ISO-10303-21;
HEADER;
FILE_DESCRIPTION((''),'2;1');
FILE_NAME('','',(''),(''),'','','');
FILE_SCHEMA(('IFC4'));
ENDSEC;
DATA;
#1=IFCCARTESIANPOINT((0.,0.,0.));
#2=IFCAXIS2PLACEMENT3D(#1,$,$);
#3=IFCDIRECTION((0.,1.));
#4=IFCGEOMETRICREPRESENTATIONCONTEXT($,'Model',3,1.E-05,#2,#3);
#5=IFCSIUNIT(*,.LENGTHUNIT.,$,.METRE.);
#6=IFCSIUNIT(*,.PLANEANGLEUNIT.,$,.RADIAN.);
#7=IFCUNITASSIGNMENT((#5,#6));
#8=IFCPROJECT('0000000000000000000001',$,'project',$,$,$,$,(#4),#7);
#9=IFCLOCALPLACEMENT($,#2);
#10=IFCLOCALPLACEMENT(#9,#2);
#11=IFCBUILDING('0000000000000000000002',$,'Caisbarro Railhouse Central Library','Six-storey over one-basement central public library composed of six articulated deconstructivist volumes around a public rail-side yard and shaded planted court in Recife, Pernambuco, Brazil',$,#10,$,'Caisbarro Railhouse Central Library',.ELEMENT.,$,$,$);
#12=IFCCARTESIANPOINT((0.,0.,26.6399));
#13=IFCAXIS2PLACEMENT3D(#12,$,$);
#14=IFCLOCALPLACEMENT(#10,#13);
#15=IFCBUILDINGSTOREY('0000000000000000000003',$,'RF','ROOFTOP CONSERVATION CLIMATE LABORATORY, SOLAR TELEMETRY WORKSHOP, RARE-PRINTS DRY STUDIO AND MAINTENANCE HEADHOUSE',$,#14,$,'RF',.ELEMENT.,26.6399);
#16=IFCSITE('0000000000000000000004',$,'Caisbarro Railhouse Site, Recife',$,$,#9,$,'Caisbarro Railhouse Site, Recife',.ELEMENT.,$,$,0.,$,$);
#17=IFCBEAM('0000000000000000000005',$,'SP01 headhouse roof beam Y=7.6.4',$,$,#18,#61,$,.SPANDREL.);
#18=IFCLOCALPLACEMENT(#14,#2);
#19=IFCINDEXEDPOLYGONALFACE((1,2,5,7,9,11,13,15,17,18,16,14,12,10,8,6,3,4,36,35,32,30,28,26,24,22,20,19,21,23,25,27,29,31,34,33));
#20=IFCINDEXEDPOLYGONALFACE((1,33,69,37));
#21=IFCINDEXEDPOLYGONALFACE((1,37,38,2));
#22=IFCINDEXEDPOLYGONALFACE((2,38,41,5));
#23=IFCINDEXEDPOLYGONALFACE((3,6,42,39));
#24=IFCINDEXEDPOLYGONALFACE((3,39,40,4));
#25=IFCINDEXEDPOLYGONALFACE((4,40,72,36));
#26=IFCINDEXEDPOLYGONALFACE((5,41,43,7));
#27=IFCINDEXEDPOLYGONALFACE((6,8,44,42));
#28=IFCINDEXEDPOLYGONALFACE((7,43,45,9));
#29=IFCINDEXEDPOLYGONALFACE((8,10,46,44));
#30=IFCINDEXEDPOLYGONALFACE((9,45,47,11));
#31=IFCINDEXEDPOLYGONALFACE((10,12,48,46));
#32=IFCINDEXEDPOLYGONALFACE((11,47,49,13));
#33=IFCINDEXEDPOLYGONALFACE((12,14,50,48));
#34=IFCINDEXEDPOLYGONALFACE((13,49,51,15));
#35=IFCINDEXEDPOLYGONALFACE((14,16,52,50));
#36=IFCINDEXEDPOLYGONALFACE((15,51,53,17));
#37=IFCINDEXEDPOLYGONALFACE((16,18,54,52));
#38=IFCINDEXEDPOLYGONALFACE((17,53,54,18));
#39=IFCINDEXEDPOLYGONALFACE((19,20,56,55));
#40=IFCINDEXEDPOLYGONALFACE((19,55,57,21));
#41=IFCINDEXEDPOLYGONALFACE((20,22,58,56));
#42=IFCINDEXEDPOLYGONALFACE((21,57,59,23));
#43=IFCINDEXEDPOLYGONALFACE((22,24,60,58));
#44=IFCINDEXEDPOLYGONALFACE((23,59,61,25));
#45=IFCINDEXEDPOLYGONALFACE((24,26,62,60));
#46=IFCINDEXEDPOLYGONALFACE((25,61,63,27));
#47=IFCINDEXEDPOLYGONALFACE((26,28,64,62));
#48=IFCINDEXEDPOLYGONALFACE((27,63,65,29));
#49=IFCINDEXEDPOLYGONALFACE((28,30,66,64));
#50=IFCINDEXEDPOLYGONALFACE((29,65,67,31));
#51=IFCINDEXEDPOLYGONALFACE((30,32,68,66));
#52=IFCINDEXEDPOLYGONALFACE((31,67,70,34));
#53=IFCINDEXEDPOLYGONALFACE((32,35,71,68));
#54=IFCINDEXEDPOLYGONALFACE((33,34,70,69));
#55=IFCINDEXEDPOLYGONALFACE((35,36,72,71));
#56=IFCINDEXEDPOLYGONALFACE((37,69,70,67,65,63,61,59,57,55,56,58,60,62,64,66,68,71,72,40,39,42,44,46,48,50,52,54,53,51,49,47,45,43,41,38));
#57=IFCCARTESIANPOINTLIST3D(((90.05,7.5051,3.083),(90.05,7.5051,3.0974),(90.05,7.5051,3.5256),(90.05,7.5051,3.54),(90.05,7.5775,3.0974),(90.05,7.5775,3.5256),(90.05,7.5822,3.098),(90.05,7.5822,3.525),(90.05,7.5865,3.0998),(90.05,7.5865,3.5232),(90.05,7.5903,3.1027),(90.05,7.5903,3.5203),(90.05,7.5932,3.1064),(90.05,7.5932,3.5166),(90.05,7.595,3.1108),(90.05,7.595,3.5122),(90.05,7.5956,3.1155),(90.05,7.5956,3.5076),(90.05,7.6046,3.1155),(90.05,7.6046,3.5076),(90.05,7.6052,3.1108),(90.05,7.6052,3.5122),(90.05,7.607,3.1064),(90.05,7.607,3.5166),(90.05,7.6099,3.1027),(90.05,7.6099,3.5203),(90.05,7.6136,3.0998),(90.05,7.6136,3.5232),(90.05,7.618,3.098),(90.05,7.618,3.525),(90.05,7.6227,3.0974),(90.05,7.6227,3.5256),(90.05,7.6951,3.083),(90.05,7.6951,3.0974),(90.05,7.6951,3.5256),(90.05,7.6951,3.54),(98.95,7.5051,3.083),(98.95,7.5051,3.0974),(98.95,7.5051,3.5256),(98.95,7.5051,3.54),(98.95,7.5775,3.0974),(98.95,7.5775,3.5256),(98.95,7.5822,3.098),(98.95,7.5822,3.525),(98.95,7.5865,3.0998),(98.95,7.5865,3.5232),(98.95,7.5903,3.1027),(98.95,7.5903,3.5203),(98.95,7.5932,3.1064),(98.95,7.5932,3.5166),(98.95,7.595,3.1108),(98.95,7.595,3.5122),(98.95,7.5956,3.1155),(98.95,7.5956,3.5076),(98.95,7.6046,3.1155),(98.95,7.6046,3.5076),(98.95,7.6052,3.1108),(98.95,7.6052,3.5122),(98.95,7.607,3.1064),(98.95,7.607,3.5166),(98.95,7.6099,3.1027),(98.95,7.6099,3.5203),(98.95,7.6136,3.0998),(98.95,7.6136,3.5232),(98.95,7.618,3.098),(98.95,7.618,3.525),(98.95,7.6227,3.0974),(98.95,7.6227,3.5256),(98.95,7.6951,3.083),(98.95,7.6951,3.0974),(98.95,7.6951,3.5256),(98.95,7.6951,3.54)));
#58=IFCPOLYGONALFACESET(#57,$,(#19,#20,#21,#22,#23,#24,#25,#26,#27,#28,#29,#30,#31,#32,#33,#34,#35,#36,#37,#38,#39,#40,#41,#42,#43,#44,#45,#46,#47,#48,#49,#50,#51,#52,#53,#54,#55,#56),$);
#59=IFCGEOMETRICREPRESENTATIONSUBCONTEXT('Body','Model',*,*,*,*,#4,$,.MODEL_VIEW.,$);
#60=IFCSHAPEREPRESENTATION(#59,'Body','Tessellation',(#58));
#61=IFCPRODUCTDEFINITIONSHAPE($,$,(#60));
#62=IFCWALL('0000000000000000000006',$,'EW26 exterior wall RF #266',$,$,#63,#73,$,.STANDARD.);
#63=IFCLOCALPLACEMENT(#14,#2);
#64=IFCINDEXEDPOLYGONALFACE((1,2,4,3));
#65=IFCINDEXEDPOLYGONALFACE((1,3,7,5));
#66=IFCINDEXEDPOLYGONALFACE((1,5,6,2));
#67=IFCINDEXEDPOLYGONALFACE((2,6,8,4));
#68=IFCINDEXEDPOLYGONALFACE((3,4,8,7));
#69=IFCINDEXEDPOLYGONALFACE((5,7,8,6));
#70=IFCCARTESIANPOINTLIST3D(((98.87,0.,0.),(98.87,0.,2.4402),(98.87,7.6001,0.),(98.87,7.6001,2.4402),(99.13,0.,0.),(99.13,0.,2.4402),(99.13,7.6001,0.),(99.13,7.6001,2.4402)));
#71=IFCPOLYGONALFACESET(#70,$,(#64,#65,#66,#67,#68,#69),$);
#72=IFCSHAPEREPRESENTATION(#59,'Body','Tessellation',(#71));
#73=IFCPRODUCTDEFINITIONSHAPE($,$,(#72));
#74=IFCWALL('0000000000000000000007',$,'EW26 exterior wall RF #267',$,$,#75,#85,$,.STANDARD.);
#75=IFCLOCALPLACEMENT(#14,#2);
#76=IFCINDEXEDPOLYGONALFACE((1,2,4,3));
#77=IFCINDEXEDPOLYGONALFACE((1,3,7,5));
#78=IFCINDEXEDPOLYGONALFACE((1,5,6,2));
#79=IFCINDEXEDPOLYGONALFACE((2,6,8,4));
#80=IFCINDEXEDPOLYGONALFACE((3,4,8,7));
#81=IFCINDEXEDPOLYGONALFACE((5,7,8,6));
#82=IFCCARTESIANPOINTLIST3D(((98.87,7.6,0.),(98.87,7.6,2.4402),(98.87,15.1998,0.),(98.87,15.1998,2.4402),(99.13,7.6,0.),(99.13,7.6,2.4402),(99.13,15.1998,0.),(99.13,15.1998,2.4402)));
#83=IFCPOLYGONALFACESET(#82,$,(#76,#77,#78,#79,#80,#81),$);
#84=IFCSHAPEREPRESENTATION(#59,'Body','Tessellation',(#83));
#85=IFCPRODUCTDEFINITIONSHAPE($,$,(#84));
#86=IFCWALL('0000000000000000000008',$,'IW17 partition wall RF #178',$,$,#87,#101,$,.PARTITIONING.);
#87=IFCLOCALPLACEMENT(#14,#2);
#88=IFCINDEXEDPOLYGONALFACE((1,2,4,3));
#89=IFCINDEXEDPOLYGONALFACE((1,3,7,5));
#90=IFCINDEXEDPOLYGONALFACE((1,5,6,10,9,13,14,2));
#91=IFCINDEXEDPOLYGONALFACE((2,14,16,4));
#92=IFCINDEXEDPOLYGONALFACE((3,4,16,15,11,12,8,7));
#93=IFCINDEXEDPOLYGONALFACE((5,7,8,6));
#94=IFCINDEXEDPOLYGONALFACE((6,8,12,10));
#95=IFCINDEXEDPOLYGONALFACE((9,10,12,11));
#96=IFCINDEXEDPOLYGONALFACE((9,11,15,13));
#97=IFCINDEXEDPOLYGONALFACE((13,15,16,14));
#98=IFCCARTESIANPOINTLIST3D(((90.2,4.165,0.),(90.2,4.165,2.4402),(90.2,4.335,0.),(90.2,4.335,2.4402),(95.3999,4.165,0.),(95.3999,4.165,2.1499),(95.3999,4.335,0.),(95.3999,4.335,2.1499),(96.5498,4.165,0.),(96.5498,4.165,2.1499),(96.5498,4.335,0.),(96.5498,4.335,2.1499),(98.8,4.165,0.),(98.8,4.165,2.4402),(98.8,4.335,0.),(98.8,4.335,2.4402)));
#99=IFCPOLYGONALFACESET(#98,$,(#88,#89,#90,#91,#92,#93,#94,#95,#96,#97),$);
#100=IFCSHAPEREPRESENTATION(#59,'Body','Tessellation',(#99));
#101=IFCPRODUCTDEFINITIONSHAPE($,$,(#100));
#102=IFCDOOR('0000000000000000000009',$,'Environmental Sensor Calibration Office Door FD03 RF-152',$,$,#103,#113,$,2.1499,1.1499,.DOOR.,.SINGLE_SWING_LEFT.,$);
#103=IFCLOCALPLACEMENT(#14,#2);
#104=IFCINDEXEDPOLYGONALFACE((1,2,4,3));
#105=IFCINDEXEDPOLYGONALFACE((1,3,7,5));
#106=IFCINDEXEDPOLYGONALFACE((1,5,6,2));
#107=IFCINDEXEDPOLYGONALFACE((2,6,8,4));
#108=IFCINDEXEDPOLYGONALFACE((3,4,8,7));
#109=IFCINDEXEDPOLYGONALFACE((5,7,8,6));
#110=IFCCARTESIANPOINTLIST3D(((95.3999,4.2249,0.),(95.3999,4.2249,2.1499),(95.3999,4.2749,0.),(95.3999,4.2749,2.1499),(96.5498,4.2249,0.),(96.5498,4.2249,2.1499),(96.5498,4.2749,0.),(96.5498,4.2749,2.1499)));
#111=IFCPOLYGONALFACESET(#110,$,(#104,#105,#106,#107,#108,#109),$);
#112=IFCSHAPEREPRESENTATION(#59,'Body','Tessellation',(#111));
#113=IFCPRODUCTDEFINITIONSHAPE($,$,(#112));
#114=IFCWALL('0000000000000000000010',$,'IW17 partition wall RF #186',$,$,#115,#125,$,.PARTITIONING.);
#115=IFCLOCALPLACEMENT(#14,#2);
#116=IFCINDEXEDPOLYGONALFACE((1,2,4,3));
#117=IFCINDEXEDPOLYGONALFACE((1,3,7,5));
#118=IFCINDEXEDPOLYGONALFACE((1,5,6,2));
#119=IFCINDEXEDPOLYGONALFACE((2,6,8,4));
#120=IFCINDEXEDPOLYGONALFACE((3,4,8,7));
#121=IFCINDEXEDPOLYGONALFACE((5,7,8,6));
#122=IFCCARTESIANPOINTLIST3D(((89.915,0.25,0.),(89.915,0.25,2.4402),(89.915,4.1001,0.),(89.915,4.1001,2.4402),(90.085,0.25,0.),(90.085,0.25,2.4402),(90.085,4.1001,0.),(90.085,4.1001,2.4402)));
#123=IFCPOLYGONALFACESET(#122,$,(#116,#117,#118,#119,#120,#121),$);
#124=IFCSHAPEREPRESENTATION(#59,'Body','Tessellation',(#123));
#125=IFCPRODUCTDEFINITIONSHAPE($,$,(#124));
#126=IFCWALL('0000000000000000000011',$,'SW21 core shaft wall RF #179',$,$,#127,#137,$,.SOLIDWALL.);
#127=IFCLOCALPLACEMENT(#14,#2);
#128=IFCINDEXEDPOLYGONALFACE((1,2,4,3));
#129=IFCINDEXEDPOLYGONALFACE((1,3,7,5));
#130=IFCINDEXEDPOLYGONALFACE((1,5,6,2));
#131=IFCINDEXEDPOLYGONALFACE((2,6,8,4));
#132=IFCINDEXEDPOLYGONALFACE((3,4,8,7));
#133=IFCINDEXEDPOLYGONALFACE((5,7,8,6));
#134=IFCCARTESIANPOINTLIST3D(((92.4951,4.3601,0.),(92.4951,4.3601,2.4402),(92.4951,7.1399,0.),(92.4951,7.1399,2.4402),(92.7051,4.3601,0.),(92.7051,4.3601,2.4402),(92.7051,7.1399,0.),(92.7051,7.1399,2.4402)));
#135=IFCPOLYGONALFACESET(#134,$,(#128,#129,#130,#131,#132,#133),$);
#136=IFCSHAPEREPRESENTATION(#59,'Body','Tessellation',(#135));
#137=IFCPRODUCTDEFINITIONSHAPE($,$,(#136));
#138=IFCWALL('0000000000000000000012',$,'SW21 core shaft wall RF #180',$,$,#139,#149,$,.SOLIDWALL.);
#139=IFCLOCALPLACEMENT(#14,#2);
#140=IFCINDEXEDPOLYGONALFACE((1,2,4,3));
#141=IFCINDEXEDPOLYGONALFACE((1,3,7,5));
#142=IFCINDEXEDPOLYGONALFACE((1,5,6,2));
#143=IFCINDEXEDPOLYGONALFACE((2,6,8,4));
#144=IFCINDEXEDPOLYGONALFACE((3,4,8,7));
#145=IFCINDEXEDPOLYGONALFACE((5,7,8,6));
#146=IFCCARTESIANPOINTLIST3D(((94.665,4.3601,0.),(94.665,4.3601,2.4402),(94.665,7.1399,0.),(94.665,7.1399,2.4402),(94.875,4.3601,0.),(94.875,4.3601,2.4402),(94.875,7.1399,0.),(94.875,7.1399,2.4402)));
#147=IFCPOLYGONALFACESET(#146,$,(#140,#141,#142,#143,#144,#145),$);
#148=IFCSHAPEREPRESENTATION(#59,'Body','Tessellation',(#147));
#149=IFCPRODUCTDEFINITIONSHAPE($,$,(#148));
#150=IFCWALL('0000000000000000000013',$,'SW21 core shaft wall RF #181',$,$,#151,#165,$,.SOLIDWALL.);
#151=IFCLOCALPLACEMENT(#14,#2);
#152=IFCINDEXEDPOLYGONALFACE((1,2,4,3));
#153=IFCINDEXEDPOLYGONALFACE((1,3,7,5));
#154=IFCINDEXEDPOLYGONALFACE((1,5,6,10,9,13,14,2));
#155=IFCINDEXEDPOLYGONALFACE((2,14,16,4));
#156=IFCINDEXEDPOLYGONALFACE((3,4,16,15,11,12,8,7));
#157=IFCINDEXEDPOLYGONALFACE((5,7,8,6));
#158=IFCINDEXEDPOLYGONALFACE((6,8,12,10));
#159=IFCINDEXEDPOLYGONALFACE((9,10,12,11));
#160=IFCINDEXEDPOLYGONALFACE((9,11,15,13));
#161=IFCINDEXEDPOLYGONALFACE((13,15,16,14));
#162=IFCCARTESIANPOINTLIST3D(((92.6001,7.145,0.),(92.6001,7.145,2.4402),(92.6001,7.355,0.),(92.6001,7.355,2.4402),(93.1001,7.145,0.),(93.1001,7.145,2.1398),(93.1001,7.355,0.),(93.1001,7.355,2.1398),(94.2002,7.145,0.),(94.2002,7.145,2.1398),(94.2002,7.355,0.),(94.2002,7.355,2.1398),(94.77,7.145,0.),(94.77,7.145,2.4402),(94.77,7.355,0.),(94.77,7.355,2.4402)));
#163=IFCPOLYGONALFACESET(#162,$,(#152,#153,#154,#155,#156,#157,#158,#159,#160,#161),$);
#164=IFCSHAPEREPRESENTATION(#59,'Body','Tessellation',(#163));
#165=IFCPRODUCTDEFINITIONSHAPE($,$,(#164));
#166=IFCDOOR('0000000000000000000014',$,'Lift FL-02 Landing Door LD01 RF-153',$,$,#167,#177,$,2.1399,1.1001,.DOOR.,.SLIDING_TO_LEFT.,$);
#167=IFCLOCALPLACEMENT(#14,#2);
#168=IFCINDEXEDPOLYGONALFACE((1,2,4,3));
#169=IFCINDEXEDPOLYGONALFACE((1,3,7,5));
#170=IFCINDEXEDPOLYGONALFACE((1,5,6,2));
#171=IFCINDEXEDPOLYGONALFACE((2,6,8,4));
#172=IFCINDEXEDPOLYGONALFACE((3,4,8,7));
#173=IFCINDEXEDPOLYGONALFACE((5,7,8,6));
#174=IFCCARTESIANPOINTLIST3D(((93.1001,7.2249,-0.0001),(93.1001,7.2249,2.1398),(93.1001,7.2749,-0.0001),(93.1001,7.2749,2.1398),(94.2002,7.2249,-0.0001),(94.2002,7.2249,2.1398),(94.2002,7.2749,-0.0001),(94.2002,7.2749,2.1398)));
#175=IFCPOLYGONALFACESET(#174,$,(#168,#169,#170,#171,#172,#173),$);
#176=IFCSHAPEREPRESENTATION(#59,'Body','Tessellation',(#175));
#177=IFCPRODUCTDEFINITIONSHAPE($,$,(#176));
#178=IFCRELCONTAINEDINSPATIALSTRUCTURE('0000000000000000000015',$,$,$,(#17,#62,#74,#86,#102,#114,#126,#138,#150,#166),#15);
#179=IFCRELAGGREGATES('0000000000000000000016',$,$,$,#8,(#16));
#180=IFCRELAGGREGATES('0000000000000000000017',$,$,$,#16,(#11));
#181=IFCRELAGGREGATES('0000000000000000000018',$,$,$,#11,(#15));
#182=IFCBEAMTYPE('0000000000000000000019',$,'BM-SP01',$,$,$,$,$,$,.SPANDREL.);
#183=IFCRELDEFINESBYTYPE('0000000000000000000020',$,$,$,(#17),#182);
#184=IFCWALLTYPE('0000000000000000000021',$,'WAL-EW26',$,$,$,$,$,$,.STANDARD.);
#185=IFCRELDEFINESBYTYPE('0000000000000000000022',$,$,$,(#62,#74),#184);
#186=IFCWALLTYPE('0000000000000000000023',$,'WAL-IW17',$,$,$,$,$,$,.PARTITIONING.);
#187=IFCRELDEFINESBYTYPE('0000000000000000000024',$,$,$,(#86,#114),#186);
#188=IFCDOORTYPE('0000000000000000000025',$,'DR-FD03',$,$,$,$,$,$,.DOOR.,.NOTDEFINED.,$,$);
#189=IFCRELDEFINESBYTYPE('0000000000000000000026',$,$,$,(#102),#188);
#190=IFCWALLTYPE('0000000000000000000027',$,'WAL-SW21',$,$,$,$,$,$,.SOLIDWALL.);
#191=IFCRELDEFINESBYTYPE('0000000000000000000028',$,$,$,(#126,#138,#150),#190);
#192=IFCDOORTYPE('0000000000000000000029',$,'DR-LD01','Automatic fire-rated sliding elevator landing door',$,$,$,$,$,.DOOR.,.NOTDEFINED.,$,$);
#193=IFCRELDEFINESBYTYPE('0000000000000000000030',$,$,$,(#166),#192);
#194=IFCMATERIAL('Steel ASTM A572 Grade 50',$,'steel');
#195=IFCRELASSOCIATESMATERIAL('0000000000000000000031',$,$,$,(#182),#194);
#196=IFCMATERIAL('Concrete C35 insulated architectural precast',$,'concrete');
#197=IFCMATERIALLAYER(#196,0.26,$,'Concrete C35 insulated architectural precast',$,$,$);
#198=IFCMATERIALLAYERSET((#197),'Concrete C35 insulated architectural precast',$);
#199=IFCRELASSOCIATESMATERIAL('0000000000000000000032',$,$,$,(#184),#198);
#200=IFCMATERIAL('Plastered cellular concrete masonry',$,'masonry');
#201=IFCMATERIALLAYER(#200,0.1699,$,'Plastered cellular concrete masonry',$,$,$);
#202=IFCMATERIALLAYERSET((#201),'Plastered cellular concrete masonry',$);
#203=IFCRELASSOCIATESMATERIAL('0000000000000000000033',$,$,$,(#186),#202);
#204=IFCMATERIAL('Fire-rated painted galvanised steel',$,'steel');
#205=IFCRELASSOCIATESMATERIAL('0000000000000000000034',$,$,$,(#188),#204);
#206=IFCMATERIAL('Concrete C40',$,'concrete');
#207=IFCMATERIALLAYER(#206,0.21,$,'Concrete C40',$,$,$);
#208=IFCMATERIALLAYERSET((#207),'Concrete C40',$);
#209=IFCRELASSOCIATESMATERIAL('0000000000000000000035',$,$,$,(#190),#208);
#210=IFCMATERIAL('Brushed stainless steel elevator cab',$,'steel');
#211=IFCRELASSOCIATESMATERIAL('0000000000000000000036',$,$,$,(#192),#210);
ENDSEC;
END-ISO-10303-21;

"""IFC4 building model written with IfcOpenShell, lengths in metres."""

from ifc_helpers import new_model, si_unit, direction, frame, frame_2d, origin, origin_2d, place, context, subcontext, project, spatial, rectangle, i_section, extrude, material, layer, layer_set, material_profile, profile_set, type_object, element, fill, save


model = new_model("IFC4")

# Units and contexts
model_context = context("Model", 3, precision=1e-05, world=origin(), true_north=direction((0.0, 1.0)))
body_context = subcontext(model_context, "Body", "Model", "MODEL_VIEW")
ifc_project = project(units=[si_unit("LENGTHUNIT", "METRE"), si_unit("PLANEANGLEUNIT", "RADIAN")], contexts=[model_context])

# Site, building, storey
site_placement = place(None, origin())
site = spatial("IfcSite", under=ifc_project, at=site_placement, Name="Caisbarro Railhouse Site, Recife", LongName="Caisbarro Railhouse Site, Recife", CompositionType="ELEMENT", RefElevation=0.0)
building_placement = place(site_placement, origin())
building = spatial("IfcBuilding", under=site, at=building_placement, Name="Caisbarro Railhouse Central Library", Description="Six-storey over one-basement central public library composed of six articulated deconstructivist volumes around a public rail-side yard and shaded planted court in Recife, Pernambuco, Brazil", LongName="Caisbarro Railhouse Central Library", CompositionType="ELEMENT")
storey_placement = place(building_placement, frame((0.0, 0.0, 26.6399)))
storey = spatial("IfcBuildingStorey", under=building, at=storey_placement, Name="RF", Description="ROOFTOP CONSERVATION CLIMATE LABORATORY, SOLAR TELEMETRY WORKSHOP, RARE-PRINTS DRY STUDIO AND MAINTENANCE HEADHOUSE", LongName="RF", CompositionType="ELEMENT", Elevation=26.6399)

# Shared definitions
ifc_material_1 = material(Name="Steel ASTM A572 Grade 50", Category="steel")

# Beam
ifc_material_profile_1 = material_profile(ifc_material_1, i_section(OverallWidth=0.1899, OverallDepth=0.457, WebThickness=0.009, FlangeThickness=0.0144, FilletRadius=0.0181, at=origin_2d()), Name="W460X74.0")
ifc_profile_set_1 = profile_set([ifc_material_profile_1], Name="Steel ASTM A572 Grade 50")
beam_type_1 = type_object("IfcBeamType", Name="BM-SP01", PredefinedType="SPANDREL", material=ifc_profile_set_1)
for number, where, z_axis, x_axis, name in (
    (1, (90.05, 7.6001, 3.3115), (1.0, 0.0, 0.0), (0.0, 1.0, 0.0), "SP01 headhouse roof beam Y=7.6.4"),
):
    element("IfcBeam", number, at=place(storey_placement, frame(where, z_axis=z_axis, x_axis=x_axis)), inside=storey, type_object=beam_type_1, Name=name, PredefinedType="SPANDREL", context=body_context, shape_type="SweptSolid", body=[
        extrude(i_section(OverallWidth=0.1899, OverallDepth=0.457, WebThickness=0.009, FlangeThickness=0.0144, FilletRadius=0.0181, at=origin_2d()), origin(), (0.0, 0.0, 1.0), 8.8999),
    ])

# Walls
ifc_material_2 = material(Name="Concrete C35 insulated architectural precast", Category="concrete")
ifc_layer_1 = layer(ifc_material_2, 0.26, Name="Concrete C35 insulated architectural precast")
ifc_layer_set_1 = layer_set([ifc_layer_1], Name="Concrete C35 insulated architectural precast")
wall_type_1 = type_object("IfcWallType", Name="WAL-EW26", PredefinedType="STANDARD", material=ifc_layer_set_1)
wall_1_placement = place(storey_placement, frame((99.0, 0.0, 0.0), z_axis=(0.0, 0.0, 1.0), x_axis=(0.0, 1.0, 0.0)))
element("IfcWall", 2, at=wall_1_placement, inside=storey, type_object=wall_type_1, Name="EW26 exterior wall RF #266", PredefinedType="STANDARD", context=body_context, shape_type="SweptSolid", body=[
    extrude(rectangle(XDim=7.6001, YDim=0.26, at=frame_2d((3.8, 0.0))), origin(), (0.0, 0.0, 1.0), 2.4402),
])
wall_2_placement = place(storey_placement, frame((99.0, 7.6001, 0.0), z_axis=(0.0, 0.0, 1.0), x_axis=(0.0, 1.0, 0.0)))
element("IfcWall", 3, at=wall_2_placement, inside=storey, type_object=wall_type_1, Name="EW26 exterior wall RF #267", PredefinedType="STANDARD", context=body_context, shape_type="SweptSolid", body=[
    extrude(rectangle(XDim=7.5999, YDim=0.26, at=frame_2d((3.7998, 0.0))), origin(), (0.0, 0.0, 1.0), 2.4402),
])

# Wall, opening, door
ifc_material_3 = material(Name="Plastered cellular concrete masonry", Category="masonry")
ifc_layer_2 = layer(ifc_material_3, 0.1699, Name="Plastered cellular concrete masonry")
ifc_layer_set_2 = layer_set([ifc_layer_2], Name="Plastered cellular concrete masonry")
wall_type_2 = type_object("IfcWallType", Name="WAL-IW17", PredefinedType="PARTITIONING", material=ifc_layer_set_2)
wall_3_placement = place(storey_placement, frame((90.2, 4.25, 0.0), z_axis=(0.0, 0.0, 1.0), x_axis=(1.0, 0.0, 0.0)))
wall_3 = element("IfcWall", 4, at=wall_3_placement, inside=storey, type_object=wall_type_2, Name="IW17 partition wall RF #178", PredefinedType="PARTITIONING", context=body_context, shape_type="SweptSolid", body=[
    extrude(rectangle(XDim=8.6001, YDim=0.1699, at=frame_2d((4.3, 0.0))), origin(), (0.0, 0.0, 1.0), 2.4402),
])
opening_1_placement = place(wall_3_placement, frame((5.2, 0.0, 0.0)))
opening_1 = element("IfcOpeningElement", 5, at=opening_1_placement, cuts=wall_3, PredefinedType="OPENING", context=body_context, shape_type="SweptSolid", body=[
    extrude(rectangle(XDim=1.1499, YDim=2.1499, at=frame_2d((0.575, 1.075))), frame((0.0, 0.095, 0.0), z_axis=(0.0, -1.0, 0.0), x_axis=(1.0, 0.0, 0.0)), (0.0, 0.0, 1.0), 0.1899),
])
ifc_material_4 = material(Name="Fire-rated painted galvanised steel", Category="steel")
door_type_1 = type_object("IfcDoorType", Name="DR-FD03", OperationType="NOTDEFINED", PredefinedType="DOOR", material=ifc_material_4)
door_1_placement = place(opening_1_placement, origin())
door_1 = element("IfcDoor", 6, at=door_1_placement, inside=storey, type_object=door_type_1, Name="Environmental Sensor Calibration Office Door FD03 RF-152", OperationType="SINGLE_SWING_LEFT", OverallHeight=2.1499, OverallWidth=1.1499, PredefinedType="DOOR", context=body_context, shape_type="SweptSolid", body=[
    extrude(rectangle(XDim=1.1499, YDim=2.1499, at=frame_2d((0.575, 1.075))), frame((0.0, 0.0249, 0.0), z_axis=(0.0, -1.0, 0.0), x_axis=(1.0, 0.0, 0.0)), (0.0, 0.0, 1.0), 0.05),
])
fill(opening_1, door_1)

# Walls
wall_4_placement = place(storey_placement, frame((90.0, 0.25, 0.0), z_axis=(0.0, 0.0, 1.0), x_axis=(0.0, 1.0, 0.0)))
element("IfcWall", 7, at=wall_4_placement, inside=storey, type_object=wall_type_2, Name="IW17 partition wall RF #186", PredefinedType="PARTITIONING", context=body_context, shape_type="SweptSolid", body=[
    extrude(rectangle(XDim=3.8501, YDim=0.1699, at=frame_2d((1.925, 0.0))), origin(), (0.0, 0.0, 1.0), 2.4402),
])
ifc_material_5 = material(Name="Concrete C40", Category="concrete")
ifc_layer_3 = layer(ifc_material_5, 0.21, Name="Concrete C40")
ifc_layer_set_3 = layer_set([ifc_layer_3], Name="Concrete C40")
wall_type_3 = type_object("IfcWallType", Name="WAL-SW21", PredefinedType="SOLIDWALL", material=ifc_layer_set_3)
for number, where, z_axis, x_axis, name in (
    (8, (92.6001, 4.3601, 0.0), (0.0, 0.0, 1.0), (0.0, 1.0, 0.0), "SW21 core shaft wall RF #179"),
    (9, (94.77, 4.3601, 0.0), (0.0, 0.0, 1.0), (0.0, 1.0, 0.0), "SW21 core shaft wall RF #180"),
):
    element("IfcWall", number, at=place(storey_placement, frame(where, z_axis=z_axis, x_axis=x_axis)), inside=storey, type_object=wall_type_3, Name=name, PredefinedType="SOLIDWALL", context=body_context, shape_type="SweptSolid", body=[
        extrude(rectangle(XDim=2.7798, YDim=0.21, at=frame_2d((1.3899, 0.0))), origin(), (0.0, 0.0, 1.0), 2.4402),
    ])

# Wall, opening, door
wall_5_placement = place(storey_placement, frame((92.6001, 7.25, 0.0), z_axis=(0.0, 0.0, 1.0), x_axis=(1.0, 0.0, 0.0)))
wall_5 = element("IfcWall", 10, at=wall_5_placement, inside=storey, type_object=wall_type_3, Name="SW21 core shaft wall RF #181", PredefinedType="SOLIDWALL", context=body_context, shape_type="SweptSolid", body=[
    extrude(rectangle(XDim=2.1699, YDim=0.21, at=frame_2d((1.085, 0.0))), origin(), (0.0, 0.0, 1.0), 2.4402),
])
opening_2_placement = place(wall_5_placement, frame((0.5, 0.0, 0.0)))
opening_2 = element("IfcOpeningElement", 11, at=opening_2_placement, cuts=wall_5, PredefinedType="OPENING", context=body_context, shape_type="SweptSolid", body=[
    extrude(rectangle(XDim=1.1001, YDim=2.1399, at=frame_2d((0.55, 1.0698))), frame((0.0, 0.115, 0.0), z_axis=(0.0, -1.0, 0.0), x_axis=(1.0, 0.0, 0.0)), (0.0, 0.0, 1.0), 0.23),
])
ifc_material_6 = material(Name="Brushed stainless steel elevator cab", Category="steel")
door_type_2 = type_object("IfcDoorType", Name="DR-LD01", Description="Automatic fire-rated sliding elevator landing door", OperationType="NOTDEFINED", PredefinedType="DOOR", material=ifc_material_6)
door_2_placement = place(opening_2_placement, origin())
door_2 = element("IfcDoor", 12, at=door_2_placement, inside=storey, type_object=door_type_2, Name="Lift FL-02 Landing Door LD01 RF-153", OperationType="SLIDING_TO_LEFT", OverallHeight=2.1399, OverallWidth=1.1001, PredefinedType="DOOR", context=body_context, shape_type="SweptSolid", body=[
    extrude(rectangle(XDim=1.1001, YDim=2.1399, at=frame_2d((0.55, 1.0698))), frame((0.0, 0.0249, 0.0), z_axis=(0.0, -1.0, 0.0), x_axis=(1.0, 0.0, 0.0)), (0.0, 0.0, 1.0), 0.05),
])
fill(opening_2, door_2)

save(model, "model.ifc")
